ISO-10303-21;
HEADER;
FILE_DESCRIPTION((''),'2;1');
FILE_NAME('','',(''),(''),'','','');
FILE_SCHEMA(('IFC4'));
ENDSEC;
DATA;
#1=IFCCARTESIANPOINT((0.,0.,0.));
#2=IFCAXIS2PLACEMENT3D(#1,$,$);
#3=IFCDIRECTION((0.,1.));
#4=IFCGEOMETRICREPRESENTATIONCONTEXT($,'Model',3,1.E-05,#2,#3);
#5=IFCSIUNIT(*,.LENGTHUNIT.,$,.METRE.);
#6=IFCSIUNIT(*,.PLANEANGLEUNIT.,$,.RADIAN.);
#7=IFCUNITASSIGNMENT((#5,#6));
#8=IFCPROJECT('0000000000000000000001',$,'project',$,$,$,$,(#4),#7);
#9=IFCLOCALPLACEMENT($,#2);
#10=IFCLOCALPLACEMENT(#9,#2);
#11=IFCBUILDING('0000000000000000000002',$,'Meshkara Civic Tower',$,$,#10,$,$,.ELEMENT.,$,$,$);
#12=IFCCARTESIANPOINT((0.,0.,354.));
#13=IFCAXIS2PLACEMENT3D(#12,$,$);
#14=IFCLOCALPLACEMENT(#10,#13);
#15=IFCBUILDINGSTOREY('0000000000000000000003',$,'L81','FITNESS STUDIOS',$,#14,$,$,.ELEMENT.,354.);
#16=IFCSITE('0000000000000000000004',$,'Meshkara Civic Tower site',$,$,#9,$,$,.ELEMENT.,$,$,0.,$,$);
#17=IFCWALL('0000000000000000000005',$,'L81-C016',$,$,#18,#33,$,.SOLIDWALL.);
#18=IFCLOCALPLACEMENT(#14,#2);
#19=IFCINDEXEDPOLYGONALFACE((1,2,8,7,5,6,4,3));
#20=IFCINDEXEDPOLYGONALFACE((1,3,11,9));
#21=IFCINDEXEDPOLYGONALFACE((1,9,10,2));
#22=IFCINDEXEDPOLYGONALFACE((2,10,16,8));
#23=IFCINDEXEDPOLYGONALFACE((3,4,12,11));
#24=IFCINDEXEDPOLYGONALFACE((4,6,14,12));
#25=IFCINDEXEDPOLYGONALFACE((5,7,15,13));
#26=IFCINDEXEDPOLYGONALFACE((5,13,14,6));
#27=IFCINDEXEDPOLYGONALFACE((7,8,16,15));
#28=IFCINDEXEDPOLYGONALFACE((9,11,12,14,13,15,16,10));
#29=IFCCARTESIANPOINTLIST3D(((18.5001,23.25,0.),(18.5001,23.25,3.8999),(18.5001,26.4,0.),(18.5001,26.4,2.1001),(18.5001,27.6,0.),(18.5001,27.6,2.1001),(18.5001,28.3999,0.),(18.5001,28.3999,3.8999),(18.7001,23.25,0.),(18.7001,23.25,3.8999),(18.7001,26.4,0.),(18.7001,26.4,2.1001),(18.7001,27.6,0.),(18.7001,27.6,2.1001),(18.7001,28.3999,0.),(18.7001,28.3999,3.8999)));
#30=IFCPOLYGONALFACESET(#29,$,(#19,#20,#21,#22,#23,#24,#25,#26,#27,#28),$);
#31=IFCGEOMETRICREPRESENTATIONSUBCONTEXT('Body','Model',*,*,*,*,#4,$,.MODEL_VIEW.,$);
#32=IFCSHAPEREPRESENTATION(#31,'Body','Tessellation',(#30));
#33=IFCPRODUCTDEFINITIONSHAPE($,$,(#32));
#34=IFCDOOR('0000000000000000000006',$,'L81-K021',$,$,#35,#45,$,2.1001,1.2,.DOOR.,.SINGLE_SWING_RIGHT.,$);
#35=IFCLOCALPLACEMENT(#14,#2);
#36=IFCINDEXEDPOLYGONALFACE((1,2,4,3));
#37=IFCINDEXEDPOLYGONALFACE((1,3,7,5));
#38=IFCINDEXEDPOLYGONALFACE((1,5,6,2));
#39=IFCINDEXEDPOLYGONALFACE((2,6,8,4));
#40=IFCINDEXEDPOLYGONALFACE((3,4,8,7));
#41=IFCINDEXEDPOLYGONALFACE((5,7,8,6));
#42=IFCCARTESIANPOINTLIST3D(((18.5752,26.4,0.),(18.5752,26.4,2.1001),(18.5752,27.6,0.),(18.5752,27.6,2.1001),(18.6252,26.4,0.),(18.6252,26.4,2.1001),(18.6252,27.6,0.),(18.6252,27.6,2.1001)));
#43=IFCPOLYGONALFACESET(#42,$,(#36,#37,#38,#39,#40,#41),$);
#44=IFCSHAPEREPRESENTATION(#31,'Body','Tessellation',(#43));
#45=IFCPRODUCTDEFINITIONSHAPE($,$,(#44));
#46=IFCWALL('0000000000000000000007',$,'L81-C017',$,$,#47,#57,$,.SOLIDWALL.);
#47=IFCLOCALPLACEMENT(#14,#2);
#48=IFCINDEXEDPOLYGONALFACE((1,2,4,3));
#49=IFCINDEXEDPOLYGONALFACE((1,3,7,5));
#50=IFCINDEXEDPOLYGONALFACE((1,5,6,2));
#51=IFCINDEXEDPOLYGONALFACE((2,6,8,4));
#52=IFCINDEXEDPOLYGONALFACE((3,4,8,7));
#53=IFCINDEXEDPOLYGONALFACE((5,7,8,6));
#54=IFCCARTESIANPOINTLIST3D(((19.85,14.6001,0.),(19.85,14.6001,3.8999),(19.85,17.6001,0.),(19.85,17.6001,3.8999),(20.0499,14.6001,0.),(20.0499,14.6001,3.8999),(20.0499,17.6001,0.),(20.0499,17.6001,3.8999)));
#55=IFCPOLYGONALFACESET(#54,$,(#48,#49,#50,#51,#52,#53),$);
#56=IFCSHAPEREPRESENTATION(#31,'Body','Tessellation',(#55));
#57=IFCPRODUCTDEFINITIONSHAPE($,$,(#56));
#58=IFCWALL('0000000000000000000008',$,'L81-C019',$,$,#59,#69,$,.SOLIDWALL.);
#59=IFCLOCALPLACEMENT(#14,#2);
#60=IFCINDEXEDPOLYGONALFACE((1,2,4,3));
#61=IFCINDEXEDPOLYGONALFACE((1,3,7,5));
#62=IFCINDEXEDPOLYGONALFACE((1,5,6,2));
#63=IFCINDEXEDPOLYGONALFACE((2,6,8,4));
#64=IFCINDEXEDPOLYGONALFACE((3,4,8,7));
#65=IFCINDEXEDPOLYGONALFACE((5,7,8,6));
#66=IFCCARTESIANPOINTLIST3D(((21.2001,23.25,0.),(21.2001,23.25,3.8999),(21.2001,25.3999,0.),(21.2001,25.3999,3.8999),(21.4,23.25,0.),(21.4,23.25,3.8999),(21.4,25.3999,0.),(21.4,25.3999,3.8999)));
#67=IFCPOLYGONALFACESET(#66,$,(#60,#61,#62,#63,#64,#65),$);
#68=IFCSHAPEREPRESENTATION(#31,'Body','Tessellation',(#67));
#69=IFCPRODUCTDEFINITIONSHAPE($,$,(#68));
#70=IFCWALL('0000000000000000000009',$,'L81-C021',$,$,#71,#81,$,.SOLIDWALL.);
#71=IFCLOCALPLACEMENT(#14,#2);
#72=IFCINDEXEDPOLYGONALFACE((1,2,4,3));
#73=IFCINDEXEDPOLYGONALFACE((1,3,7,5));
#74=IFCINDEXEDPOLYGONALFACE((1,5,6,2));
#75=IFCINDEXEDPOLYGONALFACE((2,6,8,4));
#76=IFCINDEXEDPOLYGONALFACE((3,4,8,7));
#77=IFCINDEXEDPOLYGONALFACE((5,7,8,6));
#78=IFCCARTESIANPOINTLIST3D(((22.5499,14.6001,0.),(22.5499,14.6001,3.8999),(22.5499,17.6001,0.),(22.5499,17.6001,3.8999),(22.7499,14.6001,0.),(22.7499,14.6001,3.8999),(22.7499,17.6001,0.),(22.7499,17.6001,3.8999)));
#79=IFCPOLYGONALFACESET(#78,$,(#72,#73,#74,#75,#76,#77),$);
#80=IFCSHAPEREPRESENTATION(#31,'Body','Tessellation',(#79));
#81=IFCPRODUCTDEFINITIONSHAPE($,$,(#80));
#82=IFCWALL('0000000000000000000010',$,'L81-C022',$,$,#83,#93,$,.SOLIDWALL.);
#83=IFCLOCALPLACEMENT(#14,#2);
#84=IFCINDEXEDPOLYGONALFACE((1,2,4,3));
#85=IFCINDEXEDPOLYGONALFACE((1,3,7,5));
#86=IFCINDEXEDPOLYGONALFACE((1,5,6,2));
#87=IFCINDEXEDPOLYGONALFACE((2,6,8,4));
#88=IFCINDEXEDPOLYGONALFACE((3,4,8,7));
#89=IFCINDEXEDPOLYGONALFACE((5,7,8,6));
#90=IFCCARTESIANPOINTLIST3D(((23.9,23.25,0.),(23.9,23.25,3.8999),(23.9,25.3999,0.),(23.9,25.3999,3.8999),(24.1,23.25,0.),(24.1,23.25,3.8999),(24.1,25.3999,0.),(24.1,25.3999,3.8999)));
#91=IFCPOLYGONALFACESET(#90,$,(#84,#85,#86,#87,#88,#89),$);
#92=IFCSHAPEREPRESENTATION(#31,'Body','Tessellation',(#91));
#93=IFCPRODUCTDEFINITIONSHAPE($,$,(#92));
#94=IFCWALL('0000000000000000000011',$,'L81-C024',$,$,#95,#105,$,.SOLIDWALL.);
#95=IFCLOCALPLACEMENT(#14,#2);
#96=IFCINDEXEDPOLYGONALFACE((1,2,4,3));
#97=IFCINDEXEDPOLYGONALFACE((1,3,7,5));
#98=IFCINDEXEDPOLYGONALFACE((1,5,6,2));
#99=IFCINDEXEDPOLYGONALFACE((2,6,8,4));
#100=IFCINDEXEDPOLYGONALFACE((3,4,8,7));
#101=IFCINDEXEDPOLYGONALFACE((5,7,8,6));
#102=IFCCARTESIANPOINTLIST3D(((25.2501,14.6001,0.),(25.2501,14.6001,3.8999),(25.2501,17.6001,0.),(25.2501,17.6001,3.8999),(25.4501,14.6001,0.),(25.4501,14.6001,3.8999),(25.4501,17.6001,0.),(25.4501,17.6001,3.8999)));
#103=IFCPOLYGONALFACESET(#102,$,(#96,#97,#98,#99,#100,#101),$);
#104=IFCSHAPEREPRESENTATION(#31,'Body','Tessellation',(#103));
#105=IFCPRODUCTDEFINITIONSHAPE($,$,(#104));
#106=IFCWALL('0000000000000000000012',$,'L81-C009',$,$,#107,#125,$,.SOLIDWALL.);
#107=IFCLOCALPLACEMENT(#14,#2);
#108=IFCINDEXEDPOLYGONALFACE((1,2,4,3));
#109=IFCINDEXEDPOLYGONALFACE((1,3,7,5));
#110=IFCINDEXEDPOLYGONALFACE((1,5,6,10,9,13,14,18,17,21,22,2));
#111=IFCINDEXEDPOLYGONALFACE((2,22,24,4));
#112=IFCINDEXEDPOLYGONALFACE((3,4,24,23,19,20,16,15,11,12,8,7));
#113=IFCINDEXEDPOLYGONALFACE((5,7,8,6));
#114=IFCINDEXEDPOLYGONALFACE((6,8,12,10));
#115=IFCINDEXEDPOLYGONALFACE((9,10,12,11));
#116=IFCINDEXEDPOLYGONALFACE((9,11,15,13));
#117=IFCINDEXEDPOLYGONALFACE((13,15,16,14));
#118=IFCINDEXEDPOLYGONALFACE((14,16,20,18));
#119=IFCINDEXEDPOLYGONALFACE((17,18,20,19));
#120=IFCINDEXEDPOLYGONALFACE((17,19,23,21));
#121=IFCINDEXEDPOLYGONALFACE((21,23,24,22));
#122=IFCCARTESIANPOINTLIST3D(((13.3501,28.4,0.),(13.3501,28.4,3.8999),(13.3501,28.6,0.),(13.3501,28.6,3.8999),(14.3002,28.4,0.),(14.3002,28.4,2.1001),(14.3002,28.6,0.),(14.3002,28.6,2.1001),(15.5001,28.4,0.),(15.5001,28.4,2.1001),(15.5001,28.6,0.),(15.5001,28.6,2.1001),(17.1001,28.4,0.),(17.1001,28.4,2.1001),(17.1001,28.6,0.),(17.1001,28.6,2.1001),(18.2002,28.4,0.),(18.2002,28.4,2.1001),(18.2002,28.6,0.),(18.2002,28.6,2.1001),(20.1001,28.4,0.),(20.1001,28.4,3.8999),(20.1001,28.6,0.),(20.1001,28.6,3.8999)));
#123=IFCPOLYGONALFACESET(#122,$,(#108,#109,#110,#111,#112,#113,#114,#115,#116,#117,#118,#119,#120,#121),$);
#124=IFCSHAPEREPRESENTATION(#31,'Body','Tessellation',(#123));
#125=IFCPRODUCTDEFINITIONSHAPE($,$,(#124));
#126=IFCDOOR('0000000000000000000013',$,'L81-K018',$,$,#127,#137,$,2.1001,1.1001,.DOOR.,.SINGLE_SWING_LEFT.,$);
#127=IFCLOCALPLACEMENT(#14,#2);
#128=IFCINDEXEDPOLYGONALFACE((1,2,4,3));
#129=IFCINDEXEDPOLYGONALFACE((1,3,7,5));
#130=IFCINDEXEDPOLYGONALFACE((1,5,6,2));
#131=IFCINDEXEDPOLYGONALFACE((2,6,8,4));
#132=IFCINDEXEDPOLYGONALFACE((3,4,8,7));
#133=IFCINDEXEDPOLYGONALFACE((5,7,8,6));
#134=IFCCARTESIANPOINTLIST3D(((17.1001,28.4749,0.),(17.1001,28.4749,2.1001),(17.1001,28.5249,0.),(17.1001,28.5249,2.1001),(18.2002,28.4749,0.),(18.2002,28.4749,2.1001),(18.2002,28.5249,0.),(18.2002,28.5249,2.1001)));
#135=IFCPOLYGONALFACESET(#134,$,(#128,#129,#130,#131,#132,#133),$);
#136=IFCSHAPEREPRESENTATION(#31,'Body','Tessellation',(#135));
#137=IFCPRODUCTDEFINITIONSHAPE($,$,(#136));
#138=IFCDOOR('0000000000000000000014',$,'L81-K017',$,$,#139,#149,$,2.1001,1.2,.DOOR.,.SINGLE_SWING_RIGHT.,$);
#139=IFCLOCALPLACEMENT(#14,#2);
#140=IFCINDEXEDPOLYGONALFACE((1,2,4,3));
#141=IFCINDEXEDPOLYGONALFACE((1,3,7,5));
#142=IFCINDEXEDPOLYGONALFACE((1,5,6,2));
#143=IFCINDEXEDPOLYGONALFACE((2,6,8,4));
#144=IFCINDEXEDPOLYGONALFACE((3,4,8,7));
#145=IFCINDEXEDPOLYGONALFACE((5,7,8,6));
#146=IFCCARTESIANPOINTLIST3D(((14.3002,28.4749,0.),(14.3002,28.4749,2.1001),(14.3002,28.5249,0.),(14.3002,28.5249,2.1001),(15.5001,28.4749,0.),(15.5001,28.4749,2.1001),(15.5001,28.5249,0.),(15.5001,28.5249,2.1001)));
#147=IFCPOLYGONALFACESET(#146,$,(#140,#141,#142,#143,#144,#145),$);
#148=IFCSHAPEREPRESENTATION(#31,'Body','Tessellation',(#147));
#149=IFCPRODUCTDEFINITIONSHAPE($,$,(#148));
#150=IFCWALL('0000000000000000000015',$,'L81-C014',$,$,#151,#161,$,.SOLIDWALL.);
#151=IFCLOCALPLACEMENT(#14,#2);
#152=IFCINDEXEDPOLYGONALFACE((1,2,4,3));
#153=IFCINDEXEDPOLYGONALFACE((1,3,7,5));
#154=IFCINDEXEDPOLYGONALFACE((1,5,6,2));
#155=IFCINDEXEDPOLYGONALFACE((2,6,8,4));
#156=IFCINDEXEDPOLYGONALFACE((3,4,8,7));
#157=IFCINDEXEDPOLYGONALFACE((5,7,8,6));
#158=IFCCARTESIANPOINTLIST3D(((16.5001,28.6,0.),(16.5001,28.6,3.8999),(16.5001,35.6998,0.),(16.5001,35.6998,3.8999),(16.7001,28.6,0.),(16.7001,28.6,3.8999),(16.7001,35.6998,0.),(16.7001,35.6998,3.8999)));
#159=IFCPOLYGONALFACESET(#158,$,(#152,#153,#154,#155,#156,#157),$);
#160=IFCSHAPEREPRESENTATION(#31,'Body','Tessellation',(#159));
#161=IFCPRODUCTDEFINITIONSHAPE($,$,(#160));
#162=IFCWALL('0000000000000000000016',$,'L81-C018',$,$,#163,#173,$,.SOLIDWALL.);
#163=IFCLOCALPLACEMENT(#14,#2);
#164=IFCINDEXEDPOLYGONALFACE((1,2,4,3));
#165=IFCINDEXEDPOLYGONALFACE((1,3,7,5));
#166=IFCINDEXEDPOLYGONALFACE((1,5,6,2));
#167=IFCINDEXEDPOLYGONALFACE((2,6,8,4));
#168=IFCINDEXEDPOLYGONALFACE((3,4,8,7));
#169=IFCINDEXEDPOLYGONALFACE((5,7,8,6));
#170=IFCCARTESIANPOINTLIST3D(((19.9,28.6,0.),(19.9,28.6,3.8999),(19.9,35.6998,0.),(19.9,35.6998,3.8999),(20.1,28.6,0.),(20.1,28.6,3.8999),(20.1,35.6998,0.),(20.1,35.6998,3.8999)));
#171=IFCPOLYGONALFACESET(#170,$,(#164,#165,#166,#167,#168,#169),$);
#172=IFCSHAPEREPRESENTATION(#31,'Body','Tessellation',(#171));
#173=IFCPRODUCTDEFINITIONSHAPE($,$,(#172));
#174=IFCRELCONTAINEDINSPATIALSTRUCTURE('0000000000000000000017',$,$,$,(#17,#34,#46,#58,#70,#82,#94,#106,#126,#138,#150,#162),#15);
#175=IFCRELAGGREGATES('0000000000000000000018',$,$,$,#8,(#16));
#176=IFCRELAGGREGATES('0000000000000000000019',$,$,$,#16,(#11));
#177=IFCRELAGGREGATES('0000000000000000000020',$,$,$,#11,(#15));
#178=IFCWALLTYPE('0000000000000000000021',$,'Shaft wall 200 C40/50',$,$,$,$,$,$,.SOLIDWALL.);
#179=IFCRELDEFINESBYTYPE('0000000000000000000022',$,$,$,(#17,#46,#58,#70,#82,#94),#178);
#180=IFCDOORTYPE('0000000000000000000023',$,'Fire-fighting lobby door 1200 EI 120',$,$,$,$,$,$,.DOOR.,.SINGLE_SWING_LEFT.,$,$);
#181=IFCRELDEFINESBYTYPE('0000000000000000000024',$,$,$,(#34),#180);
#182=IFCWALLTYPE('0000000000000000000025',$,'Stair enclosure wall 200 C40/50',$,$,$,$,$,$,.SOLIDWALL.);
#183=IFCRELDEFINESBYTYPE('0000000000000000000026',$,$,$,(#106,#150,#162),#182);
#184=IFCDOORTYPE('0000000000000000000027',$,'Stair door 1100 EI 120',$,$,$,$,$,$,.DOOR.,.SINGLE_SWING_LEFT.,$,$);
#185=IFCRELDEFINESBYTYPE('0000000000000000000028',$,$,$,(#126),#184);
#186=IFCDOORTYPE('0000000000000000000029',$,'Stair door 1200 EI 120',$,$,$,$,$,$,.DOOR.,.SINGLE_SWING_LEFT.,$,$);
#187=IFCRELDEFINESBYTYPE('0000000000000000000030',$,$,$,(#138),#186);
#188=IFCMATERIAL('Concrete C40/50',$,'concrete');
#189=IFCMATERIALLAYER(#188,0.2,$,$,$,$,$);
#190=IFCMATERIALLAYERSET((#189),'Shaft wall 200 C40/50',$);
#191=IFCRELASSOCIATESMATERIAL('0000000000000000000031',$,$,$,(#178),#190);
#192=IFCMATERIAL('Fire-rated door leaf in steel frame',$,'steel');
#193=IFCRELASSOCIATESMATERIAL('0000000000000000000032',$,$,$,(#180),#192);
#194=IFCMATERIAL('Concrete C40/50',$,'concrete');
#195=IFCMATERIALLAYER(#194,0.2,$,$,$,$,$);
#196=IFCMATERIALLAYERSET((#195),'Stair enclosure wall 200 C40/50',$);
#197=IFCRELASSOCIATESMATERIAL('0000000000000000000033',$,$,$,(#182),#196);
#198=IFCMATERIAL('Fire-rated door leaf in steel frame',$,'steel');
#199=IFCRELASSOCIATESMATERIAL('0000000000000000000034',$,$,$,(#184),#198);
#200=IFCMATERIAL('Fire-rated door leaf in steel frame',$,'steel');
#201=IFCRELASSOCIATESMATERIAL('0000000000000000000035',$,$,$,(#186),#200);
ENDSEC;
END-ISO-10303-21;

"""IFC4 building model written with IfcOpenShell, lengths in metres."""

from ifc_helpers import new_model, si_unit, direction, frame, frame_2d, origin, place, context, subcontext, project, spatial, rectangle, extrude, material, layer, layer_set, type_object, element, fill, save


model = new_model("IFC4")

# Units and contexts
model_context = context("Model", 3, precision=1e-05, world=origin(), true_north=direction((0.0, 1.0)))
body_context = subcontext(model_context, "Body", "Model", "MODEL_VIEW")
ifc_project = project(units=[si_unit("LENGTHUNIT", "METRE"), si_unit("PLANEANGLEUNIT", "RADIAN")], contexts=[model_context])

# Site, building, storey
site_placement = place(None, origin())
site = spatial("IfcSite", under=ifc_project, at=site_placement, Name="Meshkara Civic Tower site", CompositionType="ELEMENT", RefElevation=0.0)
building_placement = place(site_placement, origin())
building = spatial("IfcBuilding", under=site, at=building_placement, Name="Meshkara Civic Tower", CompositionType="ELEMENT")
storey_placement = place(building_placement, frame((0.0, 0.0, 354.0)))
storey = spatial("IfcBuildingStorey", under=building, at=storey_placement, Name="L81", Description="FITNESS STUDIOS", CompositionType="ELEMENT", Elevation=354.0)

# Shared definitions
ifc_material_1 = material(Name="Concrete C40/50", Category="concrete")
ifc_layer_1 = layer(ifc_material_1, 0.2)
ifc_layer_set_1 = layer_set([ifc_layer_1], Name="Shaft wall 200 C40/50")
wall_type_1 = type_object("IfcWallType", Name="Shaft wall 200 C40/50", PredefinedType="SOLIDWALL", material=ifc_layer_set_1)

# Wall, opening, door
wall_1_placement = place(storey_placement, frame((18.6001, 23.25, 0.0), z_axis=(0.0, 0.0, 1.0), x_axis=(0.0, 1.0, 0.0)))
wall_1 = element("IfcWall", 1, at=wall_1_placement, inside=storey, type_object=wall_type_1, Name="L81-C016", PredefinedType="SOLIDWALL", context=body_context, shape_type="SweptSolid", body=[
    extrude(rectangle(XDim=5.1499, YDim=0.2, at=frame_2d((2.575, 0.0))), origin(), (0.0, 0.0, 1.0), 3.8999),
])
opening_1_placement = place(wall_1_placement, frame((3.1499, 0.0, 0.0)))
opening_1 = element("IfcOpeningElement", 2, at=opening_1_placement, cuts=wall_1, PredefinedType="OPENING", context=body_context, shape_type="SweptSolid", body=[
    extrude(rectangle(XDim=1.2, YDim=2.1001, at=frame_2d((0.6001, 1.05))), frame((0.0, 0.1099, 0.0), z_axis=(0.0, -1.0, 0.0), x_axis=(1.0, 0.0, 0.0)), (0.0, 0.0, 1.0), 0.22),
])
ifc_material_2 = material(Name="Fire-rated door leaf in steel frame", Category="steel")
door_type_1 = type_object("IfcDoorType", Name="Fire-fighting lobby door 1200 EI 120", OperationType="SINGLE_SWING_LEFT", PredefinedType="DOOR", material=ifc_material_2)
door_1_placement = place(opening_1_placement, origin())
door_1 = element("IfcDoor", 3, at=door_1_placement, inside=storey, type_object=door_type_1, Name="L81-K021", OperationType="SINGLE_SWING_RIGHT", OverallHeight=2.1001, OverallWidth=1.2, PredefinedType="DOOR", context=body_context, shape_type="SweptSolid", body=[
    extrude(rectangle(XDim=1.2, YDim=2.1001, at=frame_2d((0.6001, 1.05))), frame((0.0, 0.0249, 0.0), z_axis=(0.0, -1.0, 0.0), x_axis=(1.0, 0.0, 0.0)), (0.0, 0.0, 1.0), 0.05),
])
fill(opening_1, door_1)

# Walls
wall_2_placement = place(storey_placement, frame((19.95, 14.6001, 0.0), z_axis=(0.0, 0.0, 1.0), x_axis=(0.0, 1.0, 0.0)))
element("IfcWall", 4, at=wall_2_placement, inside=storey, type_object=wall_type_1, Name="L81-C017", PredefinedType="SOLIDWALL", context=body_context, shape_type="SweptSolid", body=[
    extrude(rectangle(XDim=3.0, YDim=0.2, at=frame_2d((1.5, 0.0))), origin(), (0.0, 0.0, 1.0), 3.8999),
])
wall_3_placement = place(storey_placement, frame((21.3, 23.25, 0.0), z_axis=(0.0, 0.0, 1.0), x_axis=(0.0, 1.0, 0.0)))
element("IfcWall", 5, at=wall_3_placement, inside=storey, type_object=wall_type_1, Name="L81-C019", PredefinedType="SOLIDWALL", context=body_context, shape_type="SweptSolid", body=[
    extrude(rectangle(XDim=2.1499, YDim=0.2, at=frame_2d((1.075, 0.0))), origin(), (0.0, 0.0, 1.0), 3.8999),
])
wall_4_placement = place(storey_placement, frame((22.6499, 14.6001, 0.0), z_axis=(0.0, 0.0, 1.0), x_axis=(0.0, 1.0, 0.0)))
element("IfcWall", 6, at=wall_4_placement, inside=storey, type_object=wall_type_1, Name="L81-C021", PredefinedType="SOLIDWALL", context=body_context, shape_type="SweptSolid", body=[
    extrude(rectangle(XDim=3.0, YDim=0.2, at=frame_2d((1.5, 0.0))), origin(), (0.0, 0.0, 1.0), 3.8999),
])
wall_5_placement = place(storey_placement, frame((24.0, 23.25, 0.0), z_axis=(0.0, 0.0, 1.0), x_axis=(0.0, 1.0, 0.0)))
element("IfcWall", 7, at=wall_5_placement, inside=storey, type_object=wall_type_1, Name="L81-C022", PredefinedType="SOLIDWALL", context=body_context, shape_type="SweptSolid", body=[
    extrude(rectangle(XDim=2.1499, YDim=0.2, at=frame_2d((1.075, 0.0))), origin(), (0.0, 0.0, 1.0), 3.8999),
])
wall_6_placement = place(storey_placement, frame((25.3501, 14.6001, 0.0), z_axis=(0.0, 0.0, 1.0), x_axis=(0.0, 1.0, 0.0)))
element("IfcWall", 8, at=wall_6_placement, inside=storey, type_object=wall_type_1, Name="L81-C024", PredefinedType="SOLIDWALL", context=body_context, shape_type="SweptSolid", body=[
    extrude(rectangle(XDim=3.0, YDim=0.2, at=frame_2d((1.5, 0.0))), origin(), (0.0, 0.0, 1.0), 3.8999),
])

# Wall, openings, doors
ifc_material_3 = material(Name="Concrete C40/50", Category="concrete")
ifc_layer_2 = layer(ifc_material_3, 0.2)
ifc_layer_set_2 = layer_set([ifc_layer_2], Name="Stair enclosure wall 200 C40/50")
wall_type_2 = type_object("IfcWallType", Name="Stair enclosure wall 200 C40/50", PredefinedType="SOLIDWALL", material=ifc_layer_set_2)
wall_7_placement = place(storey_placement, frame((13.3501, 28.5, 0.0), z_axis=(0.0, 0.0, 1.0), x_axis=(1.0, 0.0, 0.0)))
wall_7 = element("IfcWall", 9, at=wall_7_placement, inside=storey, type_object=wall_type_2, Name="L81-C009", PredefinedType="SOLIDWALL", context=body_context, shape_type="SweptSolid", body=[
    extrude(rectangle(XDim=6.75, YDim=0.2, at=frame_2d((3.375, 0.0))), origin(), (0.0, 0.0, 1.0), 3.8999),
])
opening_2_placement = place(wall_7_placement, frame((0.95, 0.0, 0.0)))
opening_2 = element("IfcOpeningElement", 10, at=opening_2_placement, cuts=wall_7, PredefinedType="OPENING", context=body_context, shape_type="SweptSolid", body=[
    extrude(rectangle(XDim=1.2, YDim=2.1001, at=frame_2d((0.6001, 1.05))), frame((0.0, 0.1099, 0.0), z_axis=(0.0, -1.0, 0.0), x_axis=(1.0, 0.0, 0.0)), (0.0, 0.0, 1.0), 0.22),
])
opening_3_placement = place(wall_7_placement, frame((3.75, 0.0, 0.0)))
opening_3 = element("IfcOpeningElement", 11, at=opening_3_placement, cuts=wall_7, PredefinedType="OPENING", context=body_context, shape_type="SweptSolid", body=[
    extrude(rectangle(XDim=1.1001, YDim=2.1001, at=frame_2d((0.55, 1.05))), frame((0.0, 0.1099, 0.0), z_axis=(0.0, -1.0, 0.0), x_axis=(1.0, 0.0, 0.0)), (0.0, 0.0, 1.0), 0.22),
])
ifc_material_4 = material(Name="Fire-rated door leaf in steel frame", Category="steel")
door_type_2 = type_object("IfcDoorType", Name="Stair door 1100 EI 120", OperationType="SINGLE_SWING_LEFT", PredefinedType="DOOR", material=ifc_material_4)
door_2_placement = place(opening_3_placement, origin())
door_2 = element("IfcDoor", 12, at=door_2_placement, inside=storey, type_object=door_type_2, Name="L81-K018", OperationType="SINGLE_SWING_LEFT", OverallHeight=2.1001, OverallWidth=1.1001, PredefinedType="DOOR", context=body_context, shape_type="SweptSolid", body=[
    extrude(rectangle(XDim=1.1001, YDim=2.1001, at=frame_2d((0.55, 1.05))), frame((0.0, 0.0249, 0.0), z_axis=(0.0, -1.0, 0.0), x_axis=(1.0, 0.0, 0.0)), (0.0, 0.0, 1.0), 0.05),
])
fill(opening_3, door_2)
ifc_material_5 = material(Name="Fire-rated door leaf in steel frame", Category="steel")
door_type_3 = type_object("IfcDoorType", Name="Stair door 1200 EI 120", OperationType="SINGLE_SWING_LEFT", PredefinedType="DOOR", material=ifc_material_5)
door_3_placement = place(opening_2_placement, origin())
door_3 = element("IfcDoor", 13, at=door_3_placement, inside=storey, type_object=door_type_3, Name="L81-K017", OperationType="SINGLE_SWING_RIGHT", OverallHeight=2.1001, OverallWidth=1.2, PredefinedType="DOOR", context=body_context, shape_type="SweptSolid", body=[
    extrude(rectangle(XDim=1.2, YDim=2.1001, at=frame_2d((0.6001, 1.05))), frame((0.0, 0.0249, 0.0), z_axis=(0.0, -1.0, 0.0), x_axis=(1.0, 0.0, 0.0)), (0.0, 0.0, 1.0), 0.05),
])
fill(opening_2, door_3)

# Walls
for number, where, z_axis, x_axis, name in (
    (14, (16.6001, 28.6001, 0.0), (0.0, 0.0, 1.0), (0.0, 1.0, 0.0), "L81-C014"),
    (15, (20.0, 28.6001, 0.0), (0.0, 0.0, 1.0), (0.0, 1.0, 0.0), "L81-C018"),
):
    element("IfcWall", number, at=place(storey_placement, frame(where, z_axis=z_axis, x_axis=x_axis)), inside=storey, type_object=wall_type_2, Name=name, PredefinedType="SOLIDWALL", context=body_context, shape_type="SweptSolid", body=[
        extrude(rectangle(XDim=7.0999, YDim=0.2, at=frame_2d((3.5498, 0.0))), origin(), (0.0, 0.0, 1.0), 3.8999),
    ])

save(model, "model.ifc")
